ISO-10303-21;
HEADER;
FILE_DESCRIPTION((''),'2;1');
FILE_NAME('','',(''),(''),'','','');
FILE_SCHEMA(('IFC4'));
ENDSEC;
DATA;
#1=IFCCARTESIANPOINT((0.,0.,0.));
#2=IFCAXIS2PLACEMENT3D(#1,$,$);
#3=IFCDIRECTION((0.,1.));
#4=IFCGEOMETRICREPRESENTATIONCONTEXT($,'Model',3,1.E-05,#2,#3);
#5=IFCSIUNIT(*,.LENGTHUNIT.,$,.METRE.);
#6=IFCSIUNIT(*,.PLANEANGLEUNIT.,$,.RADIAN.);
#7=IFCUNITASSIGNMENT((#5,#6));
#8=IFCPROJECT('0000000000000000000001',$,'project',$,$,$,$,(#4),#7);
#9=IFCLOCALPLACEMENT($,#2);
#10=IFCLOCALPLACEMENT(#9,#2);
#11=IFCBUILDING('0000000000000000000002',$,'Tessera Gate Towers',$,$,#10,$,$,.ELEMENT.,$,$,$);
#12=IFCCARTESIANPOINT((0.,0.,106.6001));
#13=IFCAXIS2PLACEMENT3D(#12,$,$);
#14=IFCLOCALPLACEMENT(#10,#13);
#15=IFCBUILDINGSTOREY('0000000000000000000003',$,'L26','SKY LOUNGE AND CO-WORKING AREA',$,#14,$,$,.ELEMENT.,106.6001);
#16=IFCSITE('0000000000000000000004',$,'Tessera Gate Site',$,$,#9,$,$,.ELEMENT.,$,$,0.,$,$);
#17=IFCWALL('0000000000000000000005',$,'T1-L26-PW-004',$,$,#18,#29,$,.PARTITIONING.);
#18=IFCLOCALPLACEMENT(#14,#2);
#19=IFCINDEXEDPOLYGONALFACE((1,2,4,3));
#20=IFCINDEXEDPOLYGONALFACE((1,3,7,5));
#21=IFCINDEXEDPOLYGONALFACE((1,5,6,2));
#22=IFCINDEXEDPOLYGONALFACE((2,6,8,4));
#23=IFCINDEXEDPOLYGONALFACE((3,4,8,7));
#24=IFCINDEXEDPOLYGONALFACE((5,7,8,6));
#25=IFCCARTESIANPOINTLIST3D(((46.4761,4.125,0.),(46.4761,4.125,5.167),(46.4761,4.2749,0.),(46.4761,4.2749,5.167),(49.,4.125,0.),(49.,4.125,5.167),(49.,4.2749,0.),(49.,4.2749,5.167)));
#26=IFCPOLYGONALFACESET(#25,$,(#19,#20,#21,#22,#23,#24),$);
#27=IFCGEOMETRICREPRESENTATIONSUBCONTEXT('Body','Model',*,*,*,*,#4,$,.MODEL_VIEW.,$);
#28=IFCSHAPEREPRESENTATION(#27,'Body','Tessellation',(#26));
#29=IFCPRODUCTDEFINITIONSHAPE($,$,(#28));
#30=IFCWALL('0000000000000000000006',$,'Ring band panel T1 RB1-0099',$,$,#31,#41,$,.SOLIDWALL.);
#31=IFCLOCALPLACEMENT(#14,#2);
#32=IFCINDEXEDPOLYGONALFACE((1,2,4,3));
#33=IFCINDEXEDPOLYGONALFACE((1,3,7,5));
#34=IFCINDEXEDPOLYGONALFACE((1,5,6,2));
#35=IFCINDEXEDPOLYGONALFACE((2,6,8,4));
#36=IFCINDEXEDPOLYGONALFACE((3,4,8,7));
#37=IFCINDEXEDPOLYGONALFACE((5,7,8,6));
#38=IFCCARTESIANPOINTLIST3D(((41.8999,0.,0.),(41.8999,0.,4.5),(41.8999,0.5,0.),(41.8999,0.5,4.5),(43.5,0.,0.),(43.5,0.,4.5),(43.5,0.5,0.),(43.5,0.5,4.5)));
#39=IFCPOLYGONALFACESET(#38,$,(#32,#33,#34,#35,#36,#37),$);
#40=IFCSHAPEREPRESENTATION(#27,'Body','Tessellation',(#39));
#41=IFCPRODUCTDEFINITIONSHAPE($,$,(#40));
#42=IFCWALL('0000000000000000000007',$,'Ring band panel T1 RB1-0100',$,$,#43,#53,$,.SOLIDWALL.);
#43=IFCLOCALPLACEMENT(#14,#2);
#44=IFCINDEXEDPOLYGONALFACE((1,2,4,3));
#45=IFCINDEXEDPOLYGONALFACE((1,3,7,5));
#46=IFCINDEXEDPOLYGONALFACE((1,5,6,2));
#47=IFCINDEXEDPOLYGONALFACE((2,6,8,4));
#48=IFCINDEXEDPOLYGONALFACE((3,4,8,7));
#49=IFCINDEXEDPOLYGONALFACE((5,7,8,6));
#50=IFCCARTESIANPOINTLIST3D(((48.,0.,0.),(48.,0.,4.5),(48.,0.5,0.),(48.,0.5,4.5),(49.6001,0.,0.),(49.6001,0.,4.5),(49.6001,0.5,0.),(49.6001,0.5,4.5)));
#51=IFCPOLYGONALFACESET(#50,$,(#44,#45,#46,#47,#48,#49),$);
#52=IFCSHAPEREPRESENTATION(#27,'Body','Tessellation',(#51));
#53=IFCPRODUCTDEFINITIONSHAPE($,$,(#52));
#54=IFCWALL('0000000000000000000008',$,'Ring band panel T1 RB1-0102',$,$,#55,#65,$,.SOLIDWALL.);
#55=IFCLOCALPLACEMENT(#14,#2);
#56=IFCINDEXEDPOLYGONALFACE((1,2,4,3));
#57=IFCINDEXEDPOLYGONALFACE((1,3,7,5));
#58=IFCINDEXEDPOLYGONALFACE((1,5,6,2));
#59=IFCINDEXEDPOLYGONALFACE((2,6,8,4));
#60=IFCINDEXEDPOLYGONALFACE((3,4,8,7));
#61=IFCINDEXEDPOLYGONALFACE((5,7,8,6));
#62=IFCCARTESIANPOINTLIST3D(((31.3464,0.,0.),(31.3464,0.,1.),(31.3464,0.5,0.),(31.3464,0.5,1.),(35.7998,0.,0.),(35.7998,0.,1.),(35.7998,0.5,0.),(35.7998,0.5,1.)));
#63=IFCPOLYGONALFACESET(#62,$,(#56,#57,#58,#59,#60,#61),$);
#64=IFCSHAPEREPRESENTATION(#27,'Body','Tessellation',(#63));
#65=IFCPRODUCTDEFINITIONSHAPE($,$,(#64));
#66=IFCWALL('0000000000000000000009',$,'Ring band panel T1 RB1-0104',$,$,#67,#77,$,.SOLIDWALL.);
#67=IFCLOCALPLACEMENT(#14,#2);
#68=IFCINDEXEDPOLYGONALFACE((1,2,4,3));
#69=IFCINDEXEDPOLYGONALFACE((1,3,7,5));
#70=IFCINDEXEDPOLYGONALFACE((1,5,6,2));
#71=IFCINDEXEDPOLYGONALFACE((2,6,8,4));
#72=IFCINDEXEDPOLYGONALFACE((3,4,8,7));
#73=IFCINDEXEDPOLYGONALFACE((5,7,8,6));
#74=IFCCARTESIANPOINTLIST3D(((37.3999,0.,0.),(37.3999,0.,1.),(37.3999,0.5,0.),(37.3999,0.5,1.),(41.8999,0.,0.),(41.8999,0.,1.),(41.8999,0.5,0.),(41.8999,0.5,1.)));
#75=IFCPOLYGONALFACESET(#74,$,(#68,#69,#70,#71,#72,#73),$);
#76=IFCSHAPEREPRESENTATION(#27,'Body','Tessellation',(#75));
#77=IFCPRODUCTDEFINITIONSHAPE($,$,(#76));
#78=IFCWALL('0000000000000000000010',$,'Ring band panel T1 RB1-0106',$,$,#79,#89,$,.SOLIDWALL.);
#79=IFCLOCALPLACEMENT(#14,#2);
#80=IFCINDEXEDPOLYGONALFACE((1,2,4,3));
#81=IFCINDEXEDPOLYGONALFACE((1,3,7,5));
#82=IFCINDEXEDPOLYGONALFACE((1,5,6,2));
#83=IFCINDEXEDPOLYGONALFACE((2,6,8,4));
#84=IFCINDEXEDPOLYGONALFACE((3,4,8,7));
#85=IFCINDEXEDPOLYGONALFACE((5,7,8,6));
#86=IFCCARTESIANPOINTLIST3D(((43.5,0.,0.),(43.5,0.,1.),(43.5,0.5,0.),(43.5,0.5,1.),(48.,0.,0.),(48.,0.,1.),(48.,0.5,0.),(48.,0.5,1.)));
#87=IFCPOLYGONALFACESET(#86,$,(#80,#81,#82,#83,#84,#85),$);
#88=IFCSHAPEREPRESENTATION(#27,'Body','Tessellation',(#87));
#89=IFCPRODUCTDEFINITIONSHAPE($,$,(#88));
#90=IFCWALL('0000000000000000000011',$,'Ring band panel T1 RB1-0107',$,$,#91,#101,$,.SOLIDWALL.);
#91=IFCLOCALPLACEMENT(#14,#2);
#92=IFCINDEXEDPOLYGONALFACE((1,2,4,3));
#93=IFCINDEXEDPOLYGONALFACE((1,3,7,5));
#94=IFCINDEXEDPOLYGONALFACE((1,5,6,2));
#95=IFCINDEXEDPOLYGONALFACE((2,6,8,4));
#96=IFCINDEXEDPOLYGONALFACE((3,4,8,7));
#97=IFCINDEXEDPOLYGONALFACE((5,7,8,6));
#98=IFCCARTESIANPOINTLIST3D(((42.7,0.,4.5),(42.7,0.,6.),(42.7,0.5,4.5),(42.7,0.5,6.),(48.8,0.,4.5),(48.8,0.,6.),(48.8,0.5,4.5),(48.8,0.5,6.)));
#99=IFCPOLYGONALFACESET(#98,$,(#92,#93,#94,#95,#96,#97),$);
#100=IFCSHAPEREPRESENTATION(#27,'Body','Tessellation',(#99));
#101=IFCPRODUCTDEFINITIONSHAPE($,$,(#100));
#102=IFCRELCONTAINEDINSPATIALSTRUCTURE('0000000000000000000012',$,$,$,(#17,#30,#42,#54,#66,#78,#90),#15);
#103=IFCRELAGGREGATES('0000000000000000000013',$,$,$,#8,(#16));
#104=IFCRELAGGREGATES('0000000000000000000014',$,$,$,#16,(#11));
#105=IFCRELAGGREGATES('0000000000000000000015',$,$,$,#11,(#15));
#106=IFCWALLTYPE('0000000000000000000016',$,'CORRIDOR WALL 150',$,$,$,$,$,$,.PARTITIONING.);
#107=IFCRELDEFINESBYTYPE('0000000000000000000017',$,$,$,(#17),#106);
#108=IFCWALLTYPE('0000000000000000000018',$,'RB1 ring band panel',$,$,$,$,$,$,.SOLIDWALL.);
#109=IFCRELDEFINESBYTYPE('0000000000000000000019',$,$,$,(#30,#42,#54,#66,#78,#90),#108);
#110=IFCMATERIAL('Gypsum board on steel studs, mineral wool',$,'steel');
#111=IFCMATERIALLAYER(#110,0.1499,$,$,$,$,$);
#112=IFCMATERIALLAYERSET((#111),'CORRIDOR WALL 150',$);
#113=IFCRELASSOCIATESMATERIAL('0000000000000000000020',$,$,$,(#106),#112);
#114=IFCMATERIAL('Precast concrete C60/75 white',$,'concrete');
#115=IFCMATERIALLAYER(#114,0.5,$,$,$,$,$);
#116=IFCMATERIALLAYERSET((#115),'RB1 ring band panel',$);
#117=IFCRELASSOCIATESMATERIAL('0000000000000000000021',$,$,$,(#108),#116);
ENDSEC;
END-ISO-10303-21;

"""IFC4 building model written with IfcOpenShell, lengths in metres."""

from ifc_helpers import new_model, si_unit, direction, frame, frame_2d, origin, place, context, subcontext, project, spatial, polyline, rectangle, outline, extrude, source, transform, mapped, material, layer, layer_set, type_object, element, save


model = new_model("IFC4")

# Units and contexts
model_context = context("Model", 3, precision=1e-05, world=origin(), true_north=direction((0.0, 1.0)))
body_context = subcontext(model_context, "Body", "Model", "MODEL_VIEW")
ifc_project = project(units=[si_unit("LENGTHUNIT", "METRE"), si_unit("PLANEANGLEUNIT", "RADIAN")], contexts=[model_context])

# Site, building, storey
site_placement = place(None, origin())
site = spatial("IfcSite", under=ifc_project, at=site_placement, Name="Tessera Gate Site", CompositionType="ELEMENT", RefElevation=0.0)
building_placement = place(site_placement, origin())
building = spatial("IfcBuilding", under=site, at=building_placement, Name="Tessera Gate Towers", CompositionType="ELEMENT")
storey_placement = place(building_placement, frame((0.0, 0.0, 106.6001)))
storey = spatial("IfcBuildingStorey", under=building, at=storey_placement, Name="L26", Description="SKY LOUNGE AND CO-WORKING AREA", CompositionType="ELEMENT", Elevation=106.6001)

# Shared definitions
ifc_material_1 = material(Name="Gypsum board on steel studs, mineral wool", Category="steel")
ifc_layer_1 = layer(ifc_material_1, 0.1499)
ifc_layer_set_1 = layer_set([ifc_layer_1], Name="CORRIDOR WALL 150")
wall_type_1 = type_object("IfcWallType", Name="CORRIDOR WALL 150", PredefinedType="PARTITIONING", material=ifc_layer_set_1)

# Walls
wall_1_placement = place(storey_placement, frame((46.4761, 4.2, 0.0), z_axis=(0.0, 0.0, 1.0), x_axis=(1.0, 0.0, 0.0)))
element("IfcWall", 1, at=wall_1_placement, inside=storey, type_object=wall_type_1, Name="T1-L26-PW-004", PredefinedType="PARTITIONING", context=body_context, shape_type="SweptSolid", body=[
    extrude(rectangle(XDim=2.5239, YDim=0.1499, at=frame_2d((1.262, 0.0))), origin(), (0.0, 0.0, 1.0), 5.167),
])
ifc_material_2 = material(Name="Precast concrete C60/75 white", Category="concrete")
ifc_layer_2 = layer(ifc_material_2, 0.5)
ifc_layer_set_2 = layer_set([ifc_layer_2], Name="RB1 ring band panel")
wall_type_2 = type_object("IfcWallType", Name="RB1 ring band panel", PredefinedType="SOLIDWALL", material=ifc_layer_set_2)
shared_shape_1 = source(origin(), body_context, "Body", "SweptSolid", [
    extrude(outline(polyline([(0.0, 0.0), (1.6001, 0.0), (1.6001, 4.5), (0.0, 4.5), (0.0, 0.0)])), frame((0.0, 0.25, 0.0), z_axis=(0.0, -1.0, 0.0), x_axis=(1.0, 0.0, 0.0)), (0.0, 0.0, 1.0), 0.5),
])
for number, where, z_axis, x_axis, name in (
    (2, (41.8999, 0.25, 0.0), (0.0, 0.0, 1.0), (1.0, 0.0, 0.0), "Ring band panel T1 RB1-0099"),
    (3, (48.0, 0.25, 0.0), (0.0, 0.0, 1.0), (1.0, 0.0, 0.0), "Ring band panel T1 RB1-0100"),
):
    element("IfcWall", number, at=place(storey_placement, frame(where, z_axis=z_axis, x_axis=x_axis)), inside=storey, type_object=wall_type_2, Name=name, PredefinedType="SOLIDWALL", context=body_context, shape_type="MappedRepresentation", body=[
        mapped(shared_shape_1, transform((0.0, 0.0, 0.0), scale=1.0)),
    ])
shared_shape_2 = source(origin(), body_context, "Body", "SweptSolid", [
    extrude(outline(polyline([(0.0, 0.0), (4.4534, 0.0), (4.4534, 1.0), (0.0, 1.0), (0.0, 0.0)])), frame((0.0, 0.25, 0.0), z_axis=(0.0, -1.0, 0.0), x_axis=(1.0, 0.0, 0.0)), (0.0, 0.0, 1.0), 0.5),
])
wall_2_placement = place(storey_placement, frame((31.3464, 0.25, 0.0), z_axis=(0.0, 0.0, 1.0), x_axis=(1.0, 0.0, 0.0)))
element("IfcWall", 4, at=wall_2_placement, inside=storey, type_object=wall_type_2, Name="Ring band panel T1 RB1-0102", PredefinedType="SOLIDWALL", context=body_context, shape_type="MappedRepresentation", body=[
    mapped(shared_shape_2, transform((0.0, 0.0, 0.0), scale=1.0)),
])
shared_shape_3 = source(origin(), body_context, "Body", "SweptSolid", [
    extrude(outline(polyline([(0.0, 0.0), (4.5, 0.0), (4.5, 1.0), (0.0, 1.0), (0.0, 0.0)])), frame((0.0, 0.25, 0.0), z_axis=(0.0, -1.0, 0.0), x_axis=(1.0, 0.0, 0.0)), (0.0, 0.0, 1.0), 0.5),
])
for number, where, z_axis, x_axis, name in (
    (5, (37.3999, 0.25, 0.0), (0.0, 0.0, 1.0), (1.0, 0.0, 0.0), "Ring band panel T1 RB1-0104"),
    (6, (43.5, 0.25, 0.0), (0.0, 0.0, 1.0), (1.0, 0.0, 0.0), "Ring band panel T1 RB1-0106"),
):
    element("IfcWall", number, at=place(storey_placement, frame(where, z_axis=z_axis, x_axis=x_axis)), inside=storey, type_object=wall_type_2, Name=name, PredefinedType="SOLIDWALL", context=body_context, shape_type="MappedRepresentation", body=[
        mapped(shared_shape_3, transform((0.0, 0.0, 0.0), scale=1.0)),
    ])
shared_shape_4 = source(origin(), body_context, "Body", "SweptSolid", [
    extrude(outline(polyline([(0.0, 0.0), (6.1001, 0.0), (6.1001, 1.5), (0.0, 1.5), (0.0, 0.0)])), frame((0.0, 0.25, 0.0), z_axis=(0.0, -1.0, 0.0), x_axis=(1.0, 0.0, 0.0)), (0.0, 0.0, 1.0), 0.5),
])
wall_3_placement = place(storey_placement, frame((42.7, 0.25, 4.5), z_axis=(0.0, 0.0, 1.0), x_axis=(1.0, 0.0, 0.0)))
element("IfcWall", 7, at=wall_3_placement, inside=storey, type_object=wall_type_2, Name="Ring band panel T1 RB1-0107", PredefinedType="SOLIDWALL", context=body_context, shape_type="MappedRepresentation", body=[
    mapped(shared_shape_4, transform((0.0, 0.0, 0.0), scale=1.0)),
])

save(model, "model.ifc")
